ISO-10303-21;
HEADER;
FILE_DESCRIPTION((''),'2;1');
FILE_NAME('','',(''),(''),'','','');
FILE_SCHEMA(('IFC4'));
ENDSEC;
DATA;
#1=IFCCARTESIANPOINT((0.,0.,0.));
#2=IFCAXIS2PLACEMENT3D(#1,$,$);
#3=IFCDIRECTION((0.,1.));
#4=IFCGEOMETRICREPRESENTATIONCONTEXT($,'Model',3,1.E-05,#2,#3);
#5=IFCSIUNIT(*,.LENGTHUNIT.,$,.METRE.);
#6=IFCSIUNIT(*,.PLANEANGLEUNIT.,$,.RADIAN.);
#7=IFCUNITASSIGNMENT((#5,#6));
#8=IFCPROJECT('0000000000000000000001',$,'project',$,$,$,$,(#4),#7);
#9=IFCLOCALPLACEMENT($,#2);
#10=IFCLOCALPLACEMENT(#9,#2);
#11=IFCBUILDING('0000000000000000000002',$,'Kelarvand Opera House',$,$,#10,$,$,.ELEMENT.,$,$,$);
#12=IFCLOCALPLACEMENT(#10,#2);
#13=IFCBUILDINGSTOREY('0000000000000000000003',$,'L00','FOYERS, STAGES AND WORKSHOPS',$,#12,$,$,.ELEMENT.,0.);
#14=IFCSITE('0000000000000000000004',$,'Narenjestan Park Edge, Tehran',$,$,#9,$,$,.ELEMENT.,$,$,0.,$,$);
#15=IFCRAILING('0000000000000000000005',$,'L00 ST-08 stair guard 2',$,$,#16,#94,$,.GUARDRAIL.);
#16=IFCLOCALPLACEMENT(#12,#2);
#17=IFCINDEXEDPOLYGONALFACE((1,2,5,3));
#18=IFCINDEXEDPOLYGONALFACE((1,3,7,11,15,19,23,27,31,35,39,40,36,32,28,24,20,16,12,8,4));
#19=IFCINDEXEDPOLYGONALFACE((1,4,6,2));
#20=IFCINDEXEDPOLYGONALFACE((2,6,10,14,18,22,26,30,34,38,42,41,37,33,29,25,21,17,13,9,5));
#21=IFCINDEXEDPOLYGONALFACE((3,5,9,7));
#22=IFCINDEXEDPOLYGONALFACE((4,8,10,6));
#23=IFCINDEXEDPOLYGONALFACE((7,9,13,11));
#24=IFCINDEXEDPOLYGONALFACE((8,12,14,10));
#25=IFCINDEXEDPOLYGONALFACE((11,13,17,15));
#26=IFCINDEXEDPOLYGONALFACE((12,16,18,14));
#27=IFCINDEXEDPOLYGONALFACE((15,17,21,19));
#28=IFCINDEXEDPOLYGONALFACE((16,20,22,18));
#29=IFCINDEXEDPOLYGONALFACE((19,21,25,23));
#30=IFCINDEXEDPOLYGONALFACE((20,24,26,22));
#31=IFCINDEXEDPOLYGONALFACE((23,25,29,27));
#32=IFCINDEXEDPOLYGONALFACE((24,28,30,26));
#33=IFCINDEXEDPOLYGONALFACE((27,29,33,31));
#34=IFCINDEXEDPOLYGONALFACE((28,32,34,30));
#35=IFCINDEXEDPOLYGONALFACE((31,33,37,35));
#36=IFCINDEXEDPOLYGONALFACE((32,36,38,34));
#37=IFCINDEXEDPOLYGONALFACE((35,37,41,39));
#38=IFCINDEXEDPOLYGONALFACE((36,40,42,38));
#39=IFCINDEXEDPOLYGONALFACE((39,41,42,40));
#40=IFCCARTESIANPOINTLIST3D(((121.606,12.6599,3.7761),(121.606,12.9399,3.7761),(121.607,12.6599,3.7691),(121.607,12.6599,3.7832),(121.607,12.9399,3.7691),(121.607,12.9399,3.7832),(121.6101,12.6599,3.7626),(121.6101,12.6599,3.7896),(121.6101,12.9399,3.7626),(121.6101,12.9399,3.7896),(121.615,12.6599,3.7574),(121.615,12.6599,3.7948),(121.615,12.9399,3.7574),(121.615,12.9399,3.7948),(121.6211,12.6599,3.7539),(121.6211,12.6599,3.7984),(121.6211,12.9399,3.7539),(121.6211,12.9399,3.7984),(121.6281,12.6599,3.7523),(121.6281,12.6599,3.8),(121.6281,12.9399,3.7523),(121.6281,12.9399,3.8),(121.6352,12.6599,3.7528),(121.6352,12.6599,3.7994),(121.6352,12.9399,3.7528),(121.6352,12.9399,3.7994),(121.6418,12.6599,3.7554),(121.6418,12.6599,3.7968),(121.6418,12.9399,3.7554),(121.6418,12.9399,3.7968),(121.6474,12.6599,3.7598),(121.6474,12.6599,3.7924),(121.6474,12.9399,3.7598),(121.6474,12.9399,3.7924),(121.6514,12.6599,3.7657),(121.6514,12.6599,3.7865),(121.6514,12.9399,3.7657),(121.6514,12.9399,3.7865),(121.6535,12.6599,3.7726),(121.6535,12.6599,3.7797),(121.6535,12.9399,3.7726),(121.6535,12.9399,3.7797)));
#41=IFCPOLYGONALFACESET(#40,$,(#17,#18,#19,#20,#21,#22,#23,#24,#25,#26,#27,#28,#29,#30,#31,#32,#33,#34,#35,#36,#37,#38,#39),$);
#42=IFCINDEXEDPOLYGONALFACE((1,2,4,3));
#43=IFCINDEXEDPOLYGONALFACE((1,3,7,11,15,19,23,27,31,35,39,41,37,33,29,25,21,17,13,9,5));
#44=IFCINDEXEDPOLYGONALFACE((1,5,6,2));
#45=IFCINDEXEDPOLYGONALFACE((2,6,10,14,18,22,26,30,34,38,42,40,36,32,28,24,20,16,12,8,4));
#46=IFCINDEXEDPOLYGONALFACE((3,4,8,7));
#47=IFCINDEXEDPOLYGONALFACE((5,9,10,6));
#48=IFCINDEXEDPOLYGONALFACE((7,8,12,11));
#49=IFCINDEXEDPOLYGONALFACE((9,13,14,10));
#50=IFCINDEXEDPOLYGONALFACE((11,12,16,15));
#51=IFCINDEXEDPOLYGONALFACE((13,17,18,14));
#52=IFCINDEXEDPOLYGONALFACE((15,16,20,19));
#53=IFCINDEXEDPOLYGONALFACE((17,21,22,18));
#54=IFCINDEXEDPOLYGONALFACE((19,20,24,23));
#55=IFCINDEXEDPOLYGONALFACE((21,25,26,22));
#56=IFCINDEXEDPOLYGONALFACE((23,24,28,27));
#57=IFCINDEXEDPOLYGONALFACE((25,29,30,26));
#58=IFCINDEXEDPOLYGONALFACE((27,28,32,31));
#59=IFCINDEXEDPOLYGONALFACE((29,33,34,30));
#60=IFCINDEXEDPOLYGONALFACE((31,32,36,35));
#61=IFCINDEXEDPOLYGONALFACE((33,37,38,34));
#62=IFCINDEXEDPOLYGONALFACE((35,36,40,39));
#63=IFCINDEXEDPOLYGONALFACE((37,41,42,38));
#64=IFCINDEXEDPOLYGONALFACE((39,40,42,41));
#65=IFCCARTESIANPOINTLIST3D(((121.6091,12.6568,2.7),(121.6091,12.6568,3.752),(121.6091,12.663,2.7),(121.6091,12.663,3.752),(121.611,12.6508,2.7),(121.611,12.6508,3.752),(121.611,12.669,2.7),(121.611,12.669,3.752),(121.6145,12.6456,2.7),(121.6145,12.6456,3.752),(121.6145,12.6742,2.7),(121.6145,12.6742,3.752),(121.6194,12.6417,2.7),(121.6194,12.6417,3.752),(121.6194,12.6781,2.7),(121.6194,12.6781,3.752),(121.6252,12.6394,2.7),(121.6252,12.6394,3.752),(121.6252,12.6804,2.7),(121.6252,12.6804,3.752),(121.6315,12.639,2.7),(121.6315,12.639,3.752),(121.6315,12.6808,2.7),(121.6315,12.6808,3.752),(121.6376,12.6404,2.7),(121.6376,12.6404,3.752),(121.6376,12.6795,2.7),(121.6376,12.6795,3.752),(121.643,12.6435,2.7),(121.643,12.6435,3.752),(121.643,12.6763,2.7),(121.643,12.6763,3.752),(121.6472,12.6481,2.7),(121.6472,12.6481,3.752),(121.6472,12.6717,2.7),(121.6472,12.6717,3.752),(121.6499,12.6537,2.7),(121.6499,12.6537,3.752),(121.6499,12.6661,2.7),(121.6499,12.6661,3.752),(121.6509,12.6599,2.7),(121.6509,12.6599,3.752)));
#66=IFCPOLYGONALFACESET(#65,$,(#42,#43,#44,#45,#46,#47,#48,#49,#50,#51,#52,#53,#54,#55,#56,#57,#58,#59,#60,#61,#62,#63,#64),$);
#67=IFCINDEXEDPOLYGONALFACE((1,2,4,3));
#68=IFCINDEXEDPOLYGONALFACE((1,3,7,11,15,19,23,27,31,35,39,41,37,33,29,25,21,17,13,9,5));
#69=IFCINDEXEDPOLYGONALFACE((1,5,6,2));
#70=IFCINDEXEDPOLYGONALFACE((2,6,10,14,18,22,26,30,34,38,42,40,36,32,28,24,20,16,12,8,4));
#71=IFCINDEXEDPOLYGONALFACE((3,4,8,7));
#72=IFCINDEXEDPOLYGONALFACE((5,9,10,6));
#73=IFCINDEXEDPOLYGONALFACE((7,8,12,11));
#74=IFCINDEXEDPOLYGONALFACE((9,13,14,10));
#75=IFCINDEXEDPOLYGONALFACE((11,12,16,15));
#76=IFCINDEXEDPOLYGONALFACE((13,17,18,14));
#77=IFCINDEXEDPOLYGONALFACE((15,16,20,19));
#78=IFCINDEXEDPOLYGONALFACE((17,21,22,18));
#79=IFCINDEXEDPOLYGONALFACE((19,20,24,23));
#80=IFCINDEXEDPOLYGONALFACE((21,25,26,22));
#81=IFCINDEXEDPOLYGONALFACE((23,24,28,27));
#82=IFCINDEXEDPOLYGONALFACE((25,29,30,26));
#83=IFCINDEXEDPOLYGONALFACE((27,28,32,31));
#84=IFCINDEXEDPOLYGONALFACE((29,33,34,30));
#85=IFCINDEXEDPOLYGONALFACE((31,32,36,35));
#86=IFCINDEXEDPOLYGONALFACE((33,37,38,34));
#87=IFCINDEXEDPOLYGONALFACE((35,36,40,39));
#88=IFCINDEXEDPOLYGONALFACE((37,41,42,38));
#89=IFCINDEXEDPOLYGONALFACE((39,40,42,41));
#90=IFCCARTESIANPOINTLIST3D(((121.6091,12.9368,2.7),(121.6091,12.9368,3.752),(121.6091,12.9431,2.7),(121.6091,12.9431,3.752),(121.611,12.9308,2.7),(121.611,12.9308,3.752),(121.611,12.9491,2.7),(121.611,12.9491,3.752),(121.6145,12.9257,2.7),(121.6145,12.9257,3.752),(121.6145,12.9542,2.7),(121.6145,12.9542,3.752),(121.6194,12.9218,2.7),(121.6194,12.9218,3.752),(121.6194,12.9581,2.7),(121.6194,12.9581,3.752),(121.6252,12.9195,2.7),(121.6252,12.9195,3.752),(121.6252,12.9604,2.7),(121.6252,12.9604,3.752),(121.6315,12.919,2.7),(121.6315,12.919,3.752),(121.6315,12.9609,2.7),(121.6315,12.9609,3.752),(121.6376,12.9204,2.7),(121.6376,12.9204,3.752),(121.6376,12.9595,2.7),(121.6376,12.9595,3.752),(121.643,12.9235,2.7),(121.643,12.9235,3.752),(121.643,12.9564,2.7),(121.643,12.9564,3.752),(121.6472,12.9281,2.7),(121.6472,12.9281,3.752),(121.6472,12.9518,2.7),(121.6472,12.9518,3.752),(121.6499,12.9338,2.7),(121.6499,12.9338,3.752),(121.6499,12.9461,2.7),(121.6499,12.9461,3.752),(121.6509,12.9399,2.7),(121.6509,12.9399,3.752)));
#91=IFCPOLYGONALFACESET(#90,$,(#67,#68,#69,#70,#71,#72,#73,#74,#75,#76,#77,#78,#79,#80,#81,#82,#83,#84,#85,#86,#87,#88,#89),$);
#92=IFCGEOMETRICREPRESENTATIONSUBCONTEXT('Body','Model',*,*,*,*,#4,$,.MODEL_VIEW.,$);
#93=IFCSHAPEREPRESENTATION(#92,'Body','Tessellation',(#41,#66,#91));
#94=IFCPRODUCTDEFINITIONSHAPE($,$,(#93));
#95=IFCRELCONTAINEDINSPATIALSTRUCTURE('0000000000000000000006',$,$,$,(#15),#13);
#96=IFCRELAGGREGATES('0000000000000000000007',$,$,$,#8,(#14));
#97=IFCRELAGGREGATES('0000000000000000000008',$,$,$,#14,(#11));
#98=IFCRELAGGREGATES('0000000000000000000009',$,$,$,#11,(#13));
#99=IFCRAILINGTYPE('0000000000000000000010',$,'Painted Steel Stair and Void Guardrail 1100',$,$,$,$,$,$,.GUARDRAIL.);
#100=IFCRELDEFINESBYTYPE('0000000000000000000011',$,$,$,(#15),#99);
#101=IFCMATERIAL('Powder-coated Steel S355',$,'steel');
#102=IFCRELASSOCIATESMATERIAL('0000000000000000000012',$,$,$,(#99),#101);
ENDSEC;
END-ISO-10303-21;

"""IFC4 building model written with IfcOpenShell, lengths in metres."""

from ifc_helpers import new_model, si_unit, direction, frame, origin, origin_2d, place, context, subcontext, project, spatial, circle, extrude, material, type_object, element, save


model = new_model("IFC4")

# Units and contexts
model_context = context("Model", 3, precision=1e-05, world=origin(), true_north=direction((0.0, 1.0)))
body_context = subcontext(model_context, "Body", "Model", "MODEL_VIEW")
ifc_project = project(units=[si_unit("LENGTHUNIT", "METRE"), si_unit("PLANEANGLEUNIT", "RADIAN")], contexts=[model_context])

# Site, building, storey
site_placement = place(None, origin())
site = spatial("IfcSite", under=ifc_project, at=site_placement, Name="Narenjestan Park Edge, Tehran", CompositionType="ELEMENT", RefElevation=0.0)
building_placement = place(site_placement, origin())
building = spatial("IfcBuilding", under=site, at=building_placement, Name="Kelarvand Opera House", CompositionType="ELEMENT")
storey_placement = place(building_placement, origin())
storey = spatial("IfcBuildingStorey", under=building, at=storey_placement, Name="L00", Description="FOYERS, STAGES AND WORKSHOPS", CompositionType="ELEMENT", Elevation=0.0)

# Railing
ifc_material_1 = material(Name="Powder-coated Steel S355", Category="steel")
railing_type_1 = type_object("IfcRailingType", Name="Painted Steel Stair and Void Guardrail 1100", PredefinedType="GUARDRAIL", material=ifc_material_1)
railing_1_placement = place(storey_placement, frame((121.6299, 12.6599, 2.7)))
element("IfcRailing", 1, at=railing_1_placement, inside=storey, type_object=railing_type_1, Name="L00 ST-08 stair guard 2", PredefinedType="GUARDRAIL", context=body_context, shape_type="SweptSolid", body=[
    extrude(circle(Radius=0.0239, at=origin_2d()), frame((0.0, 0.0, 1.0762), z_axis=(0.0, 1.0, 0.0), x_axis=(-1.0, 0.0, 0.0)), (0.0, 0.0, 1.0), 0.28),
    extrude(circle(Radius=0.021, at=origin_2d()), origin(), (0.0, 0.0, 1.0), 1.052),
    extrude(circle(Radius=0.021, at=origin_2d()), frame((0.0, 0.28, 0.0)), (0.0, 0.0, 1.0), 1.052),
])

save(model, "model.ifc")
